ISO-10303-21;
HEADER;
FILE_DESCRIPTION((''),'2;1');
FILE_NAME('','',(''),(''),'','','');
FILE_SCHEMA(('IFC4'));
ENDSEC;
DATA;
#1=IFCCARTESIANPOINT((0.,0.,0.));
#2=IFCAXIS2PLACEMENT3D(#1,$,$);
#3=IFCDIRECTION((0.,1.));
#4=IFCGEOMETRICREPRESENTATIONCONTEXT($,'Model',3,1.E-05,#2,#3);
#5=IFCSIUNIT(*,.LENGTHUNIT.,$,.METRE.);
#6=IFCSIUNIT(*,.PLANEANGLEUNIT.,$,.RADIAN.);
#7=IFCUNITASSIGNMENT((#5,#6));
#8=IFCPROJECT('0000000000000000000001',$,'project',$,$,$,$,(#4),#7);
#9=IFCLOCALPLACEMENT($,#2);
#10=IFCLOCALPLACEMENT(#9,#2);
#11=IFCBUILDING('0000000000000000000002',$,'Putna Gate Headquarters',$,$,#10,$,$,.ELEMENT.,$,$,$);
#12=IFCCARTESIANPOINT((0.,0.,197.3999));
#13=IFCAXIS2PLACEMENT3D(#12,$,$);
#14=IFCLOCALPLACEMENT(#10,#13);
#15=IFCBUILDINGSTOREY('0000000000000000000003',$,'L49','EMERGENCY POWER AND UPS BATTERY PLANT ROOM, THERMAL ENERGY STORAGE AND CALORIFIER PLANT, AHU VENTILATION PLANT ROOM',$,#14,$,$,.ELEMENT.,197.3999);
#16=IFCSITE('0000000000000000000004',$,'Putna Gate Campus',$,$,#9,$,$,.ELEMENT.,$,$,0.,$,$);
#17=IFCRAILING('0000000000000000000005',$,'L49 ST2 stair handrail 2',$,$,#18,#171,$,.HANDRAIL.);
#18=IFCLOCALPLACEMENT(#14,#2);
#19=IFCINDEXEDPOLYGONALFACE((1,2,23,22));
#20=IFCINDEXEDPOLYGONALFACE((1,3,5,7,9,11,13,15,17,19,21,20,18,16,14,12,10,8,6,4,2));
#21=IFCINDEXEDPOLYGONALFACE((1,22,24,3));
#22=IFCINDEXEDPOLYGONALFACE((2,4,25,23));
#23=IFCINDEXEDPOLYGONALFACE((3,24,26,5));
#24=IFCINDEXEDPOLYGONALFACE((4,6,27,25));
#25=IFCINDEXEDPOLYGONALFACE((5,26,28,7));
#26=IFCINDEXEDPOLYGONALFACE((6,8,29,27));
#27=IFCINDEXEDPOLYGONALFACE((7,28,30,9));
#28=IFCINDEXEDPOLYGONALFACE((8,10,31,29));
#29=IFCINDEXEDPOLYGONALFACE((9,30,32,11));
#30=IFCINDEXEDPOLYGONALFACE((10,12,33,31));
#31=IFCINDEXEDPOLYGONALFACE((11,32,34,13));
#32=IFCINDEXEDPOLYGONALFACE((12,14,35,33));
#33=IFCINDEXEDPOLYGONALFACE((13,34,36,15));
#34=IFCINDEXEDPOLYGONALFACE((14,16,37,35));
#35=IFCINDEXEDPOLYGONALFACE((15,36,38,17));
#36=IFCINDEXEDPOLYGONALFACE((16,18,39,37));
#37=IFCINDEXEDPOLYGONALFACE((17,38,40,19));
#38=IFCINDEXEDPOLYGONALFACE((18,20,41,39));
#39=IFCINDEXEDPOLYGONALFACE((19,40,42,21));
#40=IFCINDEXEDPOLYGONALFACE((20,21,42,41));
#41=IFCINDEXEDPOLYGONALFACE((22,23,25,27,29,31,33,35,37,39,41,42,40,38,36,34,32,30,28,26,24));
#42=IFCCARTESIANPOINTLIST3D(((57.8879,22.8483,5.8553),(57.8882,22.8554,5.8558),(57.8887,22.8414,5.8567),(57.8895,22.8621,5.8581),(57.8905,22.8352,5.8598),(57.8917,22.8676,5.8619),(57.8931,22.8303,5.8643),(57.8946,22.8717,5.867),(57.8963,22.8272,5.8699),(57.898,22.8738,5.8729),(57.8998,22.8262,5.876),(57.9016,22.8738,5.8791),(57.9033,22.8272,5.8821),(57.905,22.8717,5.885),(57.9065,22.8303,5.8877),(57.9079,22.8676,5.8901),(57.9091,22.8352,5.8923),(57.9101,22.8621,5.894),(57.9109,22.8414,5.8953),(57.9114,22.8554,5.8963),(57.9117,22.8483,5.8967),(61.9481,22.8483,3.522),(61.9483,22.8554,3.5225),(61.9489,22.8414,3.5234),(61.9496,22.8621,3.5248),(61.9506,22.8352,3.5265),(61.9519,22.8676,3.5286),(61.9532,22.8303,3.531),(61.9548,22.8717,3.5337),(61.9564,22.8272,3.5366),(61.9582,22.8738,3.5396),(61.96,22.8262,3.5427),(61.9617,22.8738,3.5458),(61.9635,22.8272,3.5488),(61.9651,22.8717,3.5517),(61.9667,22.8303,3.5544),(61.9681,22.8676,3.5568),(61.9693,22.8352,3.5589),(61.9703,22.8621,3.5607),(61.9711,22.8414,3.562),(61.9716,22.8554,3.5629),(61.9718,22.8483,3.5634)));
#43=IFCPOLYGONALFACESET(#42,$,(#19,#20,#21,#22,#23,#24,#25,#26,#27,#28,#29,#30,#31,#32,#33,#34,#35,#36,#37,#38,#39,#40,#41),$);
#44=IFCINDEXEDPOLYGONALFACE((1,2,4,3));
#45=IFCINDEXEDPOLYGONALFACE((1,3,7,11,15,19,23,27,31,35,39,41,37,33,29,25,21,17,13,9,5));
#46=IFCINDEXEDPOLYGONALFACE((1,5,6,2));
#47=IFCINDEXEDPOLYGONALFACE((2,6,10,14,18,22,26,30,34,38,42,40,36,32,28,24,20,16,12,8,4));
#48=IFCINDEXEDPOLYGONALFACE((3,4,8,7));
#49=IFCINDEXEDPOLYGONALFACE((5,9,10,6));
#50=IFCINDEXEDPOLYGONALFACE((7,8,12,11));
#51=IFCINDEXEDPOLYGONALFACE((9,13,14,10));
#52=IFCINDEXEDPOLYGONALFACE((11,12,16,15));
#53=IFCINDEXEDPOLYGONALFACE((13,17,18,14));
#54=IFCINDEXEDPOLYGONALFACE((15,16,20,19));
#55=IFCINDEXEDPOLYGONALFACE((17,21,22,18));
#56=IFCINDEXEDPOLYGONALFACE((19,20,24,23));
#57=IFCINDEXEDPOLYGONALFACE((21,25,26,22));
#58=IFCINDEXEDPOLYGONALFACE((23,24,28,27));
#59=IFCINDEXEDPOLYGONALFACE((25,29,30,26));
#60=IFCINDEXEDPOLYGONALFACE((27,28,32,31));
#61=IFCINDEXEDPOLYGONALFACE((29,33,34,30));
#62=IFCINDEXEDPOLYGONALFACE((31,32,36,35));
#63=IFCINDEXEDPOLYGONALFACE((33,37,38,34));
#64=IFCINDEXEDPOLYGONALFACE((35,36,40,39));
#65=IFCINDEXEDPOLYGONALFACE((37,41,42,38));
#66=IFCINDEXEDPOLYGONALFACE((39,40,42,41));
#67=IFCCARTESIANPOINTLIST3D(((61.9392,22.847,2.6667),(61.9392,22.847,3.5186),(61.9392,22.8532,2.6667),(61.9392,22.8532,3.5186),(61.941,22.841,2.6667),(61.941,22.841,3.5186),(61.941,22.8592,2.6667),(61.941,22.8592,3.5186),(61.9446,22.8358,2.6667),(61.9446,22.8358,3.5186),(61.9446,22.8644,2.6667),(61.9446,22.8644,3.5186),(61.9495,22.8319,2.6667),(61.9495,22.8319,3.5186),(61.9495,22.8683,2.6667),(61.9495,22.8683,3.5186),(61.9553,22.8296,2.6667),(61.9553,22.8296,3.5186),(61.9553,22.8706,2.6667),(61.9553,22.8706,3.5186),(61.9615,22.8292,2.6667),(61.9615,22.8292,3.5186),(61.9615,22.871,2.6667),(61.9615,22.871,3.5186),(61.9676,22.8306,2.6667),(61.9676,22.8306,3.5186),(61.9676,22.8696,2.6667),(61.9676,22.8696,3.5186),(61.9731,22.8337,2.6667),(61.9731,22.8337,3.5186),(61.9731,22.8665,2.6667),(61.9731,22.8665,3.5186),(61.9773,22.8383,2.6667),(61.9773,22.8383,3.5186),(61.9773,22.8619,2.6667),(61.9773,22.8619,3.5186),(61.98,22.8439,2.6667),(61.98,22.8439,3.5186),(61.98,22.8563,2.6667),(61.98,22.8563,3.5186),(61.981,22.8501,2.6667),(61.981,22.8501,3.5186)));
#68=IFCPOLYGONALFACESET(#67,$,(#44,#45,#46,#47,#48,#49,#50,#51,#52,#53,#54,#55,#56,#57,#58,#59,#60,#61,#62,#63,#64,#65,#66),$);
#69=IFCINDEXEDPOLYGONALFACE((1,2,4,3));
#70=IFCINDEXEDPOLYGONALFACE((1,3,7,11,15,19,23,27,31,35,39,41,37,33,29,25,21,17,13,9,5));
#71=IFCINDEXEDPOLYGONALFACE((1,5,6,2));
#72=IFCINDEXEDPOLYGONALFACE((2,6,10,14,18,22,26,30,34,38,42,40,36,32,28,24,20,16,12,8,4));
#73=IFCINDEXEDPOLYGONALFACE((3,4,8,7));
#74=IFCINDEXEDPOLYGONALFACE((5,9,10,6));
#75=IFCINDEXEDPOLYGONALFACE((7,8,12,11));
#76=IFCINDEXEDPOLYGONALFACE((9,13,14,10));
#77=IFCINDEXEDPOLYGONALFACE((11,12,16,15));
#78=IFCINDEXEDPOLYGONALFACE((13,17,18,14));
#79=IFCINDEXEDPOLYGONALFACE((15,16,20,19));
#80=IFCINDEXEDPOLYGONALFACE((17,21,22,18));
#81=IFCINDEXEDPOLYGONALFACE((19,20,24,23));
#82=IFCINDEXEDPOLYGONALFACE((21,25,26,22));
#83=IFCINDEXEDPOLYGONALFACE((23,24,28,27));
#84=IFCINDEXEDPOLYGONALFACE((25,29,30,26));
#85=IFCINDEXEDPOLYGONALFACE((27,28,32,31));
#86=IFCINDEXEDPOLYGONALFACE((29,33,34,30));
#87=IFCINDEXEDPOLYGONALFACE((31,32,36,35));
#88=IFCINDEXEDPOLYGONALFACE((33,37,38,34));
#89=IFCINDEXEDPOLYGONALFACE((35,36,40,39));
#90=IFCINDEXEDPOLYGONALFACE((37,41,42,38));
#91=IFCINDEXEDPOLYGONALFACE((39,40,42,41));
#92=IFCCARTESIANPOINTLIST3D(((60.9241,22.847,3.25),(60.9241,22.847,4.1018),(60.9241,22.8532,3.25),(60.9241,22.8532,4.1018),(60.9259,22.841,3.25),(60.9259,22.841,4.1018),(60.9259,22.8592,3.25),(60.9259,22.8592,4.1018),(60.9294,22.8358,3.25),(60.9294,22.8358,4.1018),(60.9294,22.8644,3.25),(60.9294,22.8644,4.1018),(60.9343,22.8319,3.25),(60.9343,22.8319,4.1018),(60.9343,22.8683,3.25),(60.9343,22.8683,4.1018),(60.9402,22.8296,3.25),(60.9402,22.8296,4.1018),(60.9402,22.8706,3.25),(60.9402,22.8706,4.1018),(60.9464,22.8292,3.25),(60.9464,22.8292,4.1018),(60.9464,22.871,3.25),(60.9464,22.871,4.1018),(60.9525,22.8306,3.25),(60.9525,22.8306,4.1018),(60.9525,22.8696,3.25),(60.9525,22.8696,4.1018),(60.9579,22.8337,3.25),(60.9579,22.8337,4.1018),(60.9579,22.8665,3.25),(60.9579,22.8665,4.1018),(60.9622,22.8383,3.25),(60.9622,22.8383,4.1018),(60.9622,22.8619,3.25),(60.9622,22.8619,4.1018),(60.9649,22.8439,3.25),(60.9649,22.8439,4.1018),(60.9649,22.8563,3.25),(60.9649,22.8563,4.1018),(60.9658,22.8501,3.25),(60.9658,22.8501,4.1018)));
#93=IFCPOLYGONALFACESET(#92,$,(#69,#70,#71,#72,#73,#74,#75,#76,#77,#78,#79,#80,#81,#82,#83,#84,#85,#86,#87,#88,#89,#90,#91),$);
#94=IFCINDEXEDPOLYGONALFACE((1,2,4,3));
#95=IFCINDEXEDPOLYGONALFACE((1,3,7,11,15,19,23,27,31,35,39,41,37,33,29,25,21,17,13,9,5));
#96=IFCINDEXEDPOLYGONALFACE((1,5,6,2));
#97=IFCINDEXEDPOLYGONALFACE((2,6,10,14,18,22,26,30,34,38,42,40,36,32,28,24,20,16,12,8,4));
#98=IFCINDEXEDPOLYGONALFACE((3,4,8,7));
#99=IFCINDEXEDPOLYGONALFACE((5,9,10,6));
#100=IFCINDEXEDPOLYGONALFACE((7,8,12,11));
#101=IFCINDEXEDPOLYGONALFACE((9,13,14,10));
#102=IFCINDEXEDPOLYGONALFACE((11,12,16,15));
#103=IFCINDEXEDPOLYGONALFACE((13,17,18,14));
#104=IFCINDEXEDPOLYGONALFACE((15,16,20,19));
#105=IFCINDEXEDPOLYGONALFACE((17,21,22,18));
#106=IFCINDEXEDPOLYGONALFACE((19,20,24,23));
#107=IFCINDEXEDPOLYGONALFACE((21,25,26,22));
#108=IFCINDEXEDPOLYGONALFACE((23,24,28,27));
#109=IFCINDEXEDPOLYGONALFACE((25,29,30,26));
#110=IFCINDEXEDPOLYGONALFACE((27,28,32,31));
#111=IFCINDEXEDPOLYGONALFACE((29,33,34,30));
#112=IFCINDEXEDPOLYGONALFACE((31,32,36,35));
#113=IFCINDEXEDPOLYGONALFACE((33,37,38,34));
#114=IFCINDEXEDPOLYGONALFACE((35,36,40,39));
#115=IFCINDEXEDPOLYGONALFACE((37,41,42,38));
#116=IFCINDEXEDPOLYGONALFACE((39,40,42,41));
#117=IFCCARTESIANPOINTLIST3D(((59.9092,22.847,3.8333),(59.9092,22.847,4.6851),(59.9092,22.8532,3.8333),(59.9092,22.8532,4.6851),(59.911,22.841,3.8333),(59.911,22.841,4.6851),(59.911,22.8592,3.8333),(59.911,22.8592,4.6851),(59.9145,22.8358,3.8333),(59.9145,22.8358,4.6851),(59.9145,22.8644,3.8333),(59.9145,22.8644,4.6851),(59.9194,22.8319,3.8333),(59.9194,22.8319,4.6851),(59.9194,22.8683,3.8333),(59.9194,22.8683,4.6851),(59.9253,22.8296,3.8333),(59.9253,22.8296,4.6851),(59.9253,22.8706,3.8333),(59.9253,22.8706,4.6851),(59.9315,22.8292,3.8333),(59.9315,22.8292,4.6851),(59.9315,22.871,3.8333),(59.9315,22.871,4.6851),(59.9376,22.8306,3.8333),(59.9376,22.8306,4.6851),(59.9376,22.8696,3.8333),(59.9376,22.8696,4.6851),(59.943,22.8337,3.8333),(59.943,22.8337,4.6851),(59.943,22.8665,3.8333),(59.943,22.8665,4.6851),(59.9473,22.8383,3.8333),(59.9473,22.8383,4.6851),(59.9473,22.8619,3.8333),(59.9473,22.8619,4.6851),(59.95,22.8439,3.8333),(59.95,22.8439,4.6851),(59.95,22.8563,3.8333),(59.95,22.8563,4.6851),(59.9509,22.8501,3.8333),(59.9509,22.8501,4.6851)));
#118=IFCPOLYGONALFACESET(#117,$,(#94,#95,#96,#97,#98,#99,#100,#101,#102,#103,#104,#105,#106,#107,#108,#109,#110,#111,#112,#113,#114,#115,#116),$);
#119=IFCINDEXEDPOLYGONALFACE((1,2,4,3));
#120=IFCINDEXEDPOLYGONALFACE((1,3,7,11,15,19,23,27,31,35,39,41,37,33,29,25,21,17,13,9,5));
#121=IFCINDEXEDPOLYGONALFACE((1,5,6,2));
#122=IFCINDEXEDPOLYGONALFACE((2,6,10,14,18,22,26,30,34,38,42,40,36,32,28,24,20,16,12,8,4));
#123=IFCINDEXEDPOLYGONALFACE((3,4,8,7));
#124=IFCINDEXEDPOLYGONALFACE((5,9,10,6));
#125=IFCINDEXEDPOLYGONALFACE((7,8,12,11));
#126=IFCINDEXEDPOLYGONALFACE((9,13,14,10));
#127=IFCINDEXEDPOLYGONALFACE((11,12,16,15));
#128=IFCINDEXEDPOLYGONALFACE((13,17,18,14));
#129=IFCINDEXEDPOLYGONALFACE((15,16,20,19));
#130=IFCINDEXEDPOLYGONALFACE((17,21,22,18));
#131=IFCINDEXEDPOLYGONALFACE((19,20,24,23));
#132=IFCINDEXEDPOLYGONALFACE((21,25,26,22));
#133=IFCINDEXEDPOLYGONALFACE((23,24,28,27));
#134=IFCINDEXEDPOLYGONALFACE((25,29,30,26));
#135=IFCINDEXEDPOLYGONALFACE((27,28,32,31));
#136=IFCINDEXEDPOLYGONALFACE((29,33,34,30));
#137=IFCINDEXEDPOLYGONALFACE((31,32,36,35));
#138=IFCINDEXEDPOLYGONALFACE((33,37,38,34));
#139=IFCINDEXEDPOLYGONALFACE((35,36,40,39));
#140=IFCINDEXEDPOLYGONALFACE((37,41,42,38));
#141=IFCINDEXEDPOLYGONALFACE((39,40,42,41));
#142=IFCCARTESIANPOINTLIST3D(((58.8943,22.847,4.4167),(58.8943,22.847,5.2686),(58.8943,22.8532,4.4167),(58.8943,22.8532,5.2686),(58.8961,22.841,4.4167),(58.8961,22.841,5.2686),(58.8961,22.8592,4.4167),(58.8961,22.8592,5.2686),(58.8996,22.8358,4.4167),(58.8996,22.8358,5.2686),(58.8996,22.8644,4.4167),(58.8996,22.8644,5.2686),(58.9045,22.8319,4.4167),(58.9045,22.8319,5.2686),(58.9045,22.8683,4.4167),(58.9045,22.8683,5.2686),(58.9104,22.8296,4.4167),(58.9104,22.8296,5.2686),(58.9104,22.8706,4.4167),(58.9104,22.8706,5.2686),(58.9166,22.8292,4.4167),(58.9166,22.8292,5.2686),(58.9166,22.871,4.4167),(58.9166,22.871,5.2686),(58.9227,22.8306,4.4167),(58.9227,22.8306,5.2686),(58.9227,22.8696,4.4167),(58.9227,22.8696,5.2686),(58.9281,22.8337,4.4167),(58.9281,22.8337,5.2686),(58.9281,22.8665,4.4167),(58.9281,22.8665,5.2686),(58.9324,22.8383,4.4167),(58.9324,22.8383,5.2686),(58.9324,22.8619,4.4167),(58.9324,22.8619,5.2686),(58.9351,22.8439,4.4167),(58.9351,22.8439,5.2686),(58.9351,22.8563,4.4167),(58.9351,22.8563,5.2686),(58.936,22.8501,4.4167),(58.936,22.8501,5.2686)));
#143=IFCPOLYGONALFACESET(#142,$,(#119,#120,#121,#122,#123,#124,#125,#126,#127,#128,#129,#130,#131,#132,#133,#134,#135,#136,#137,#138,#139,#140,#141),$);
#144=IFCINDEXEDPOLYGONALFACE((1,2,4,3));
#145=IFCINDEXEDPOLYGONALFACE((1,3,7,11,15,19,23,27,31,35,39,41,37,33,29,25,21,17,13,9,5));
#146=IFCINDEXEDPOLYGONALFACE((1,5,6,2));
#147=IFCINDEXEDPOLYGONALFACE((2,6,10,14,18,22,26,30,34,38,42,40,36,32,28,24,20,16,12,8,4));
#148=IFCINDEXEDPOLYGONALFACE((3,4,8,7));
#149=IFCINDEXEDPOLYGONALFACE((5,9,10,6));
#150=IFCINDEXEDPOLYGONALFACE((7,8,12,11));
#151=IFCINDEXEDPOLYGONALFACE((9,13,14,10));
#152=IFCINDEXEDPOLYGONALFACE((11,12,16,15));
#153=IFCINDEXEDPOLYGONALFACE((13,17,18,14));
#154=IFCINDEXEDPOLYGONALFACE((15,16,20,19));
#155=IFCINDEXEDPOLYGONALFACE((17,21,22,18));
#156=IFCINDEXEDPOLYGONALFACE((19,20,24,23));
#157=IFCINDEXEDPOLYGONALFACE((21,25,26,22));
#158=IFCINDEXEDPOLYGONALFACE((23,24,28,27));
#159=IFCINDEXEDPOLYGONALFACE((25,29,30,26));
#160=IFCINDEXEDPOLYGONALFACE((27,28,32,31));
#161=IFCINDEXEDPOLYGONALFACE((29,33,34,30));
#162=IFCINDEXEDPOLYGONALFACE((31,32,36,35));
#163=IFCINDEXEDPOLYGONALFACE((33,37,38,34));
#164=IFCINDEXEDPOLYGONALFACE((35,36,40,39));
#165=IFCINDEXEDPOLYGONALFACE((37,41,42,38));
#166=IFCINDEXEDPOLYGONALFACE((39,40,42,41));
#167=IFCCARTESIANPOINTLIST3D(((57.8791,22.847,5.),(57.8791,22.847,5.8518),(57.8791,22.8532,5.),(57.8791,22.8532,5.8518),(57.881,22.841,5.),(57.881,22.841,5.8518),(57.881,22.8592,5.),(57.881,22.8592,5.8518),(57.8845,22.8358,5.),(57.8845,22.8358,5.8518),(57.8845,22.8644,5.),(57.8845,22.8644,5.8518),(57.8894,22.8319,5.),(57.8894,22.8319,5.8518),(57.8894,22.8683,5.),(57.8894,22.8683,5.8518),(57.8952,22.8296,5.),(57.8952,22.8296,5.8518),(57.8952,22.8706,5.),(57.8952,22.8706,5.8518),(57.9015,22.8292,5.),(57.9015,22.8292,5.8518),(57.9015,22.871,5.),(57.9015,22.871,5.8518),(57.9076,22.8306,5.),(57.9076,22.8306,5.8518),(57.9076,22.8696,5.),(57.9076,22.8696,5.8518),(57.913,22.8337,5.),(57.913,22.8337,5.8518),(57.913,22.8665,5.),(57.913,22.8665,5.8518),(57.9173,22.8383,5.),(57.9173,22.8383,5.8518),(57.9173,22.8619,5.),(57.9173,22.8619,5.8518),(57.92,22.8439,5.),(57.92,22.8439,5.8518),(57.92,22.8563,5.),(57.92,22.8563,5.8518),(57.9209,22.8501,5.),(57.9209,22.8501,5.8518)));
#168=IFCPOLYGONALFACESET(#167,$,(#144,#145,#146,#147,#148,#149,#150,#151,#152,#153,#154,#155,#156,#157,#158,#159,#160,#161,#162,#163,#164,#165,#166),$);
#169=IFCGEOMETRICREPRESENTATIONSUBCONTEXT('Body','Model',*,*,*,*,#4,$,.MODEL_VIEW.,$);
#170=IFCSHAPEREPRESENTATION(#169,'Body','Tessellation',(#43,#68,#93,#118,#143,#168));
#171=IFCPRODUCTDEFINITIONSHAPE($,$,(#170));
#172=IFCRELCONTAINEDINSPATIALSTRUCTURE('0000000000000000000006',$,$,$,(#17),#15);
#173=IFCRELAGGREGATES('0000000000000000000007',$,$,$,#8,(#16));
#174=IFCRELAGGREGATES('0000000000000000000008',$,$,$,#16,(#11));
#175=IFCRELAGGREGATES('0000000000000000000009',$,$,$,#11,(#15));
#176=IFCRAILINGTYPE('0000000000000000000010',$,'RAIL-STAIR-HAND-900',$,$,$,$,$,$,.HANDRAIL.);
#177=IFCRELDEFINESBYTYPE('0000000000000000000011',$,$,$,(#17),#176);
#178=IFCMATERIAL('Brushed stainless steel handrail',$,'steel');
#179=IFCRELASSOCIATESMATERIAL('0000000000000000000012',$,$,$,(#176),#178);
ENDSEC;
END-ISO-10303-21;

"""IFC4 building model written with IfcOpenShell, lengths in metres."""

from ifc_helpers import new_model, si_unit, direction, frame, origin, origin_2d, place, context, subcontext, project, spatial, circle, extrude, material, type_object, element, save


model = new_model("IFC4")

# Units and contexts
model_context = context("Model", 3, precision=1e-05, world=origin(), true_north=direction((0.0, 1.0)))
body_context = subcontext(model_context, "Body", "Model", "MODEL_VIEW")
ifc_project = project(units=[si_unit("LENGTHUNIT", "METRE"), si_unit("PLANEANGLEUNIT", "RADIAN")], contexts=[model_context])

# Site, building, storey
site_placement = place(None, origin())
site = spatial("IfcSite", under=ifc_project, at=site_placement, Name="Putna Gate Campus", CompositionType="ELEMENT", RefElevation=0.0)
building_placement = place(site_placement, origin())
building = spatial("IfcBuilding", under=site, at=building_placement, Name="Putna Gate Headquarters", CompositionType="ELEMENT")
storey_placement = place(building_placement, frame((0.0, 0.0, 197.3999)))
storey = spatial("IfcBuildingStorey", under=building, at=storey_placement, Name="L49", Description="EMERGENCY POWER AND UPS BATTERY PLANT ROOM, THERMAL ENERGY STORAGE AND CALORIFIER PLANT, AHU VENTILATION PLANT ROOM", CompositionType="ELEMENT", Elevation=197.3999)

# Railing
ifc_material_1 = material(Name="Brushed stainless steel handrail", Category="steel")
railing_type = type_object("IfcRailingType", Name="RAIL-STAIR-HAND-900", PredefinedType="HANDRAIL", material=ifc_material_1)
railing_placement = place(storey_placement, frame((61.96, 22.8501, 2.6667)))
element("IfcRailing", 1, at=railing_placement, inside=storey, type_object=railing_type, Name="L49 ST2 stair handrail 2", PredefinedType="HANDRAIL", context=body_context, shape_type="SweptSolid", body=[
    extrude(circle(Radius=0.0239, at=origin_2d()), frame((0.0, 0.0, 0.876), z_axis=(-0.867025, 0.0, 0.498265), x_axis=(0.0, -1.0, 0.0)), (0.0, 0.0, 1.0), 4.6829),
    extrude(circle(Radius=0.021, at=origin_2d()), origin(), (0.0, 0.0, 1.0), 0.8518),
    extrude(circle(Radius=0.021, at=origin_2d()), frame((-1.0151, 0.0, 0.5833)), (0.0, 0.0, 1.0), 0.8518),
    extrude(circle(Radius=0.021, at=origin_2d()), frame((-2.03, 0.0, 1.1665)), (0.0, 0.0, 1.0), 0.8518),
    extrude(circle(Radius=0.021, at=origin_2d()), frame((-3.0449, 0.0, 1.75)), (0.0, 0.0, 1.0), 0.8518),
    extrude(circle(Radius=0.021, at=origin_2d()), frame((-4.0601, 0.0, 2.3333)), (0.0, 0.0, 1.0), 0.8518),
])

save(model, "model.ifc")
